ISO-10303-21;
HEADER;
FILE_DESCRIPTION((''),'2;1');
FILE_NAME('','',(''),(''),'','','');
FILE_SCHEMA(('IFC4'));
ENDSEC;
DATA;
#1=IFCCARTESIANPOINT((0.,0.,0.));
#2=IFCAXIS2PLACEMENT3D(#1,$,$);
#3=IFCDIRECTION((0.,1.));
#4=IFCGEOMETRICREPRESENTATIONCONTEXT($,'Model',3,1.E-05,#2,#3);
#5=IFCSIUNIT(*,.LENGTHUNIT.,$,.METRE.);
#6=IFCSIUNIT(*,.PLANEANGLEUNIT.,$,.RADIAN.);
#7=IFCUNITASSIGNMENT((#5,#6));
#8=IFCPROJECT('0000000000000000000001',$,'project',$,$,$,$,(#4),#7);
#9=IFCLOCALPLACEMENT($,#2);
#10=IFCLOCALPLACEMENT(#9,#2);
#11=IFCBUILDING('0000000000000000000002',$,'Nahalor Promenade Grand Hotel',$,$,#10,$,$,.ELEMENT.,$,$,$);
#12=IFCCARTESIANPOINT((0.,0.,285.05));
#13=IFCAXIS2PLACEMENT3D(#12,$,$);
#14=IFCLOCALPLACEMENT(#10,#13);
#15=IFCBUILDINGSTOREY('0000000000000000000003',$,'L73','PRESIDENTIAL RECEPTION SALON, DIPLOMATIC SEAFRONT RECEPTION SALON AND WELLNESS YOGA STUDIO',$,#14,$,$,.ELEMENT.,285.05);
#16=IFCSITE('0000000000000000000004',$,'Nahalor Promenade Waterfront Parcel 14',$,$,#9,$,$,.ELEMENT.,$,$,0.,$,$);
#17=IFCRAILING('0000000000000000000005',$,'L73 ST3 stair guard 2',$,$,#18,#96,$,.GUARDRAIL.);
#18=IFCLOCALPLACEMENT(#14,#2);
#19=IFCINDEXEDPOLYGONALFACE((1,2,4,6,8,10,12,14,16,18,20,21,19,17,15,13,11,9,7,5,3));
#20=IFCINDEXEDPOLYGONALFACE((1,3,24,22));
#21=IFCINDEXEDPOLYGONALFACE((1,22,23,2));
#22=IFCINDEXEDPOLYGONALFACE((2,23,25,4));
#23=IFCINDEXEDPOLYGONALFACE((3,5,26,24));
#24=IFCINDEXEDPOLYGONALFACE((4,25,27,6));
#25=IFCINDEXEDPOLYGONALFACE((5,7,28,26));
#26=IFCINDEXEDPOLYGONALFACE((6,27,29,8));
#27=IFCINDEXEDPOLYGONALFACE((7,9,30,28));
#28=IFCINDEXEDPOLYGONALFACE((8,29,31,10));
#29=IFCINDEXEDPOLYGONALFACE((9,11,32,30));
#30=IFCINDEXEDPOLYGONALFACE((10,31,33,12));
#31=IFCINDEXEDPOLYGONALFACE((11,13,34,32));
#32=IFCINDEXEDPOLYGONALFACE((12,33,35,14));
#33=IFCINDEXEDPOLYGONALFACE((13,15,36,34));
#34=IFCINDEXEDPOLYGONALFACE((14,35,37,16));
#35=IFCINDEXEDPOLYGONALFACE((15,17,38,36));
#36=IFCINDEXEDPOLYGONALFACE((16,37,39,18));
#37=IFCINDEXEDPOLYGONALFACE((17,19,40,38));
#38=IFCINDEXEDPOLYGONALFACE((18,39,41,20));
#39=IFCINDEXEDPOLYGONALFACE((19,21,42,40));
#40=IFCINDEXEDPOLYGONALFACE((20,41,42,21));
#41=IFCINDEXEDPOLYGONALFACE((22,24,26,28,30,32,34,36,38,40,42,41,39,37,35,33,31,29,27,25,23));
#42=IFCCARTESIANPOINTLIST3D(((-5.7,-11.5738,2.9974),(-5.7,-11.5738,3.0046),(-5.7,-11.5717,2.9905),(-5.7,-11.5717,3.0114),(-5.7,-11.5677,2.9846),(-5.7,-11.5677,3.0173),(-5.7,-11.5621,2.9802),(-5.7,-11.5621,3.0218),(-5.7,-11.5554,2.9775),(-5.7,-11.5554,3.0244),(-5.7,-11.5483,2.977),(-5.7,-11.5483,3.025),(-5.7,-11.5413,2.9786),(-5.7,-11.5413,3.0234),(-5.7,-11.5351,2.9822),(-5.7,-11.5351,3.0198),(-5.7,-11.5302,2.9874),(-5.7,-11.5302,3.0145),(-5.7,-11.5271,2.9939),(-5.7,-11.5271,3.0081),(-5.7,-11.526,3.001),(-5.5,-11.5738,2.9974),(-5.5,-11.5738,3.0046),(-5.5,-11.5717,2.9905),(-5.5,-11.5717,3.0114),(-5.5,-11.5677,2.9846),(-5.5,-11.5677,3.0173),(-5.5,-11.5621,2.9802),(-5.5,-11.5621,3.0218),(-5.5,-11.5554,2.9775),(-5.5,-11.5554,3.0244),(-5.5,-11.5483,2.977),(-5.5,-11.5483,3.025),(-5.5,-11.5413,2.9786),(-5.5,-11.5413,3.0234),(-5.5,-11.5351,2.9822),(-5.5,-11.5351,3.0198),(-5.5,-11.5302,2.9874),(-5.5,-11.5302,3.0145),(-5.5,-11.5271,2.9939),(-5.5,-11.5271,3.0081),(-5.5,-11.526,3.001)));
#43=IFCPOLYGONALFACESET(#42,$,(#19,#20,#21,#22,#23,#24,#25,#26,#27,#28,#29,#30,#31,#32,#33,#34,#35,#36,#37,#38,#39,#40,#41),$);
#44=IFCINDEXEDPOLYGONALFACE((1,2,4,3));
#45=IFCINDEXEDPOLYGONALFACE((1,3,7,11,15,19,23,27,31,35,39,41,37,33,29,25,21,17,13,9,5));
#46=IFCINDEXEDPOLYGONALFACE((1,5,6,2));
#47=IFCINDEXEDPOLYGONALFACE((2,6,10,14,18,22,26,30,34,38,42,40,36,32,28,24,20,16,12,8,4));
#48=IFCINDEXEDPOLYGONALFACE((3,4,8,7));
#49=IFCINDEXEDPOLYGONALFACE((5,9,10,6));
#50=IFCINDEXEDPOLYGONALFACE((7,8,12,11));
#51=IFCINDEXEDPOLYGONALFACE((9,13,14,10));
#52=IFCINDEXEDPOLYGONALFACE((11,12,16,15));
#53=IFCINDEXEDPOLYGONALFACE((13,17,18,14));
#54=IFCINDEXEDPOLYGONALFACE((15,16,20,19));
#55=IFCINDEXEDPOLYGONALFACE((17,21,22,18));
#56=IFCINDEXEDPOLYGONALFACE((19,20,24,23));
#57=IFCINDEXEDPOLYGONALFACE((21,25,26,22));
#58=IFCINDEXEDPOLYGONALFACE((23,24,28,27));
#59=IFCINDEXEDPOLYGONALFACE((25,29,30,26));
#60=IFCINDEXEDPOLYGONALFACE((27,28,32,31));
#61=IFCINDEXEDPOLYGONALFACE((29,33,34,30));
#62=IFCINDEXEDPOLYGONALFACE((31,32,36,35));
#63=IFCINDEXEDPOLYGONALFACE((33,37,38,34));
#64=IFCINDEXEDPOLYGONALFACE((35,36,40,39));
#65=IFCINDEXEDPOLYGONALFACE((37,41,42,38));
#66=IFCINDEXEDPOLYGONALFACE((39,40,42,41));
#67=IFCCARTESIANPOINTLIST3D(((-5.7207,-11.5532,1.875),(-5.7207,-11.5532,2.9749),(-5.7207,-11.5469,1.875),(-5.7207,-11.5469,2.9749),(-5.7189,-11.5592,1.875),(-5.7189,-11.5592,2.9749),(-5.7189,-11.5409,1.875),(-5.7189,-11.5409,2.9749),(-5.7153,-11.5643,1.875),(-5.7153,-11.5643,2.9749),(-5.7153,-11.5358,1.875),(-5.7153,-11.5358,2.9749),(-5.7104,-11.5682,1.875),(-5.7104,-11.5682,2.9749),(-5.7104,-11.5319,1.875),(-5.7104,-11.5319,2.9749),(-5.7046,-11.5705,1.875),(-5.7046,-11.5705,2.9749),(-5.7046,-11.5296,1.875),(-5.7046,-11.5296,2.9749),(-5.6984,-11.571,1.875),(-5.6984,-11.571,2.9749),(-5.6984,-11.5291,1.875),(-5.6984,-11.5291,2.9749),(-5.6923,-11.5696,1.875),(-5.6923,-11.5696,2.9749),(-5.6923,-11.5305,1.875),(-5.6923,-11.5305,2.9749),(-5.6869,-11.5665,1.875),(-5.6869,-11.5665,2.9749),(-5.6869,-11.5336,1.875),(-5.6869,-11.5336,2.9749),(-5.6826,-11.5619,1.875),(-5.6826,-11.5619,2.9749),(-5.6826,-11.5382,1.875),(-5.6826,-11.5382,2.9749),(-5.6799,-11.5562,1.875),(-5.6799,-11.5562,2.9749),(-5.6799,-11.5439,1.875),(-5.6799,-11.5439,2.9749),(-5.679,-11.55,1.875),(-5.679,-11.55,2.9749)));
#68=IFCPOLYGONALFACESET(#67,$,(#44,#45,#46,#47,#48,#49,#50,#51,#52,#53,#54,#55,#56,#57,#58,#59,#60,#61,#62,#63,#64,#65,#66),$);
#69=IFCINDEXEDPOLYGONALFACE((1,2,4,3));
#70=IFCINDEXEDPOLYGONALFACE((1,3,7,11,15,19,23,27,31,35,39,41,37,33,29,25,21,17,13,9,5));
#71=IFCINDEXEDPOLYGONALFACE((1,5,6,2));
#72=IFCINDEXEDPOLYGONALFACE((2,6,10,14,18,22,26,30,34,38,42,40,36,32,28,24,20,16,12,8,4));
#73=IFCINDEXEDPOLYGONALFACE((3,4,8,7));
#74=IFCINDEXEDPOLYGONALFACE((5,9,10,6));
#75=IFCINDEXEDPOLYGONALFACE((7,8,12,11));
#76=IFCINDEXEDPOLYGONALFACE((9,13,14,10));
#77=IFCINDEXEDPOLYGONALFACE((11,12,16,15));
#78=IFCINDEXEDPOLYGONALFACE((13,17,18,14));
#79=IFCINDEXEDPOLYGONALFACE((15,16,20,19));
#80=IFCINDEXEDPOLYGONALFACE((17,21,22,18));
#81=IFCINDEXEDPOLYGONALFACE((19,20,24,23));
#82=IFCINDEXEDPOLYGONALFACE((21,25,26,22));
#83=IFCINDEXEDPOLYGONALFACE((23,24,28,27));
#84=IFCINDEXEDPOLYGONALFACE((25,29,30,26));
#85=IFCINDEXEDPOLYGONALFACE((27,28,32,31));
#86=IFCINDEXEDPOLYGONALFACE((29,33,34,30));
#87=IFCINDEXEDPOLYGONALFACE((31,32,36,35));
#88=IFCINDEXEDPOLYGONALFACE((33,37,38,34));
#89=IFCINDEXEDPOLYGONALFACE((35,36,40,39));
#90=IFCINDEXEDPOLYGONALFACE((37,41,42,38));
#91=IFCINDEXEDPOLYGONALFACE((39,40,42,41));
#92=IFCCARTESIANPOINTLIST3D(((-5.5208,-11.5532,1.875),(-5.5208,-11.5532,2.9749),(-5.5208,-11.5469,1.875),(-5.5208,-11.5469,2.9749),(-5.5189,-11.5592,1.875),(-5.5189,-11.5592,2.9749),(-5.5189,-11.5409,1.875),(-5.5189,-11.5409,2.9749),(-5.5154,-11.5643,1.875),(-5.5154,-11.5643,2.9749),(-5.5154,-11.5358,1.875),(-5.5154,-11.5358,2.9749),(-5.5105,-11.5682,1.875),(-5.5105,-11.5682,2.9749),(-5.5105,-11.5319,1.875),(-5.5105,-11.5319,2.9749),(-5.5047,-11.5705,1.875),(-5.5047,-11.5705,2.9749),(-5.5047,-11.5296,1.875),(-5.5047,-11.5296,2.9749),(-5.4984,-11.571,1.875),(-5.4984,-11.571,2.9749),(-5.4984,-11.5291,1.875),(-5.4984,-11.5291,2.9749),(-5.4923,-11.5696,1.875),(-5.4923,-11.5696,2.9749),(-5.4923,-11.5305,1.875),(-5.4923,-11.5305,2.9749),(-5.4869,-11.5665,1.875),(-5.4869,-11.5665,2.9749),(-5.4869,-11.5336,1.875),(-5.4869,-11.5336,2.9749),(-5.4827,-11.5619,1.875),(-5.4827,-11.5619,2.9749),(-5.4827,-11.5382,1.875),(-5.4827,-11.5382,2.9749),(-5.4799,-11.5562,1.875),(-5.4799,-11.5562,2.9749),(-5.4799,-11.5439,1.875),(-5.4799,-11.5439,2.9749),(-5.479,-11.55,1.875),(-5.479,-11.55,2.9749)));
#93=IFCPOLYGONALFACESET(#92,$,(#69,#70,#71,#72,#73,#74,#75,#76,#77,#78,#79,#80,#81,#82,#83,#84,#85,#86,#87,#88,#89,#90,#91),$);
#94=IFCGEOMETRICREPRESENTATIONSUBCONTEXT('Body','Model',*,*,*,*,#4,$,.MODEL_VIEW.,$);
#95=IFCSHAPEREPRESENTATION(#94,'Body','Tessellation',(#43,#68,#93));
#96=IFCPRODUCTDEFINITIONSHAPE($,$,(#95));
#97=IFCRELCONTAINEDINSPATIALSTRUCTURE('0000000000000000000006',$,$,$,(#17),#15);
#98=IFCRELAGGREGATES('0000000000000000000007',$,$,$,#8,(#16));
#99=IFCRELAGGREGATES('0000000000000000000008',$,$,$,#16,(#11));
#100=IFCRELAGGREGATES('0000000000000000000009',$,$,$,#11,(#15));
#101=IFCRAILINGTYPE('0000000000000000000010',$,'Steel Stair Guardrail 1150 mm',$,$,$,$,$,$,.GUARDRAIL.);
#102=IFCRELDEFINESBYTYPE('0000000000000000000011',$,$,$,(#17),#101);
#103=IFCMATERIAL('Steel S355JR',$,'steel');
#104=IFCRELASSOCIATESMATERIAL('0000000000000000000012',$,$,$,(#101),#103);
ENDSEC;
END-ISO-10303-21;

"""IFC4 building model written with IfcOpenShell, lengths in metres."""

from ifc_helpers import new_model, si_unit, direction, frame, origin, origin_2d, place, context, subcontext, project, spatial, circle, extrude, material, type_object, element, save


model = new_model("IFC4")

# Units and contexts
model_context = context("Model", 3, precision=1e-05, world=origin(), true_north=direction((0.0, 1.0)))
body_context = subcontext(model_context, "Body", "Model", "MODEL_VIEW")
ifc_project = project(units=[si_unit("LENGTHUNIT", "METRE"), si_unit("PLANEANGLEUNIT", "RADIAN")], contexts=[model_context])

# Site, building, storey
site_placement = place(None, origin())
site = spatial("IfcSite", under=ifc_project, at=site_placement, Name="Nahalor Promenade Waterfront Parcel 14", CompositionType="ELEMENT", RefElevation=0.0)
building_placement = place(site_placement, origin())
building = spatial("IfcBuilding", under=site, at=building_placement, Name="Nahalor Promenade Grand Hotel", CompositionType="ELEMENT")
storey_placement = place(building_placement, frame((0.0, 0.0, 285.05)))
storey = spatial("IfcBuildingStorey", under=building, at=storey_placement, Name="L73", Description="PRESIDENTIAL RECEPTION SALON, DIPLOMATIC SEAFRONT RECEPTION SALON AND WELLNESS YOGA STUDIO", CompositionType="ELEMENT", Elevation=285.05)

# Shared definitions
ifc_material_1 = material(Name="Steel S355JR", Category="steel")

# Railing
railing_type_1 = type_object("IfcRailingType", Name="Steel Stair Guardrail 1150 mm", PredefinedType="GUARDRAIL", material=ifc_material_1)
railing_1_placement = place(storey_placement, frame((-5.7, -11.55, 1.875)))
element("IfcRailing", 1, at=railing_1_placement, inside=storey, type_object=railing_type_1, Name="L73 ST3 stair guard 2", PredefinedType="GUARDRAIL", context=body_context, shape_type="SweptSolid", body=[
    extrude(circle(Radius=0.024, at=origin_2d()), frame((0.0, 0.0, 1.126), z_axis=(1.0, 0.0, 0.0), x_axis=(0.0, 1.0, 0.0)), (0.0, 0.0, 1.0), 0.2),
    extrude(circle(Radius=0.021, at=origin_2d()), origin(), (0.0, 0.0, 1.0), 1.0999),
    extrude(circle(Radius=0.021, at=origin_2d()), frame((0.2, 0.0, 0.0)), (0.0, 0.0, 1.0), 1.0999),
])

save(model, "model.ifc")
